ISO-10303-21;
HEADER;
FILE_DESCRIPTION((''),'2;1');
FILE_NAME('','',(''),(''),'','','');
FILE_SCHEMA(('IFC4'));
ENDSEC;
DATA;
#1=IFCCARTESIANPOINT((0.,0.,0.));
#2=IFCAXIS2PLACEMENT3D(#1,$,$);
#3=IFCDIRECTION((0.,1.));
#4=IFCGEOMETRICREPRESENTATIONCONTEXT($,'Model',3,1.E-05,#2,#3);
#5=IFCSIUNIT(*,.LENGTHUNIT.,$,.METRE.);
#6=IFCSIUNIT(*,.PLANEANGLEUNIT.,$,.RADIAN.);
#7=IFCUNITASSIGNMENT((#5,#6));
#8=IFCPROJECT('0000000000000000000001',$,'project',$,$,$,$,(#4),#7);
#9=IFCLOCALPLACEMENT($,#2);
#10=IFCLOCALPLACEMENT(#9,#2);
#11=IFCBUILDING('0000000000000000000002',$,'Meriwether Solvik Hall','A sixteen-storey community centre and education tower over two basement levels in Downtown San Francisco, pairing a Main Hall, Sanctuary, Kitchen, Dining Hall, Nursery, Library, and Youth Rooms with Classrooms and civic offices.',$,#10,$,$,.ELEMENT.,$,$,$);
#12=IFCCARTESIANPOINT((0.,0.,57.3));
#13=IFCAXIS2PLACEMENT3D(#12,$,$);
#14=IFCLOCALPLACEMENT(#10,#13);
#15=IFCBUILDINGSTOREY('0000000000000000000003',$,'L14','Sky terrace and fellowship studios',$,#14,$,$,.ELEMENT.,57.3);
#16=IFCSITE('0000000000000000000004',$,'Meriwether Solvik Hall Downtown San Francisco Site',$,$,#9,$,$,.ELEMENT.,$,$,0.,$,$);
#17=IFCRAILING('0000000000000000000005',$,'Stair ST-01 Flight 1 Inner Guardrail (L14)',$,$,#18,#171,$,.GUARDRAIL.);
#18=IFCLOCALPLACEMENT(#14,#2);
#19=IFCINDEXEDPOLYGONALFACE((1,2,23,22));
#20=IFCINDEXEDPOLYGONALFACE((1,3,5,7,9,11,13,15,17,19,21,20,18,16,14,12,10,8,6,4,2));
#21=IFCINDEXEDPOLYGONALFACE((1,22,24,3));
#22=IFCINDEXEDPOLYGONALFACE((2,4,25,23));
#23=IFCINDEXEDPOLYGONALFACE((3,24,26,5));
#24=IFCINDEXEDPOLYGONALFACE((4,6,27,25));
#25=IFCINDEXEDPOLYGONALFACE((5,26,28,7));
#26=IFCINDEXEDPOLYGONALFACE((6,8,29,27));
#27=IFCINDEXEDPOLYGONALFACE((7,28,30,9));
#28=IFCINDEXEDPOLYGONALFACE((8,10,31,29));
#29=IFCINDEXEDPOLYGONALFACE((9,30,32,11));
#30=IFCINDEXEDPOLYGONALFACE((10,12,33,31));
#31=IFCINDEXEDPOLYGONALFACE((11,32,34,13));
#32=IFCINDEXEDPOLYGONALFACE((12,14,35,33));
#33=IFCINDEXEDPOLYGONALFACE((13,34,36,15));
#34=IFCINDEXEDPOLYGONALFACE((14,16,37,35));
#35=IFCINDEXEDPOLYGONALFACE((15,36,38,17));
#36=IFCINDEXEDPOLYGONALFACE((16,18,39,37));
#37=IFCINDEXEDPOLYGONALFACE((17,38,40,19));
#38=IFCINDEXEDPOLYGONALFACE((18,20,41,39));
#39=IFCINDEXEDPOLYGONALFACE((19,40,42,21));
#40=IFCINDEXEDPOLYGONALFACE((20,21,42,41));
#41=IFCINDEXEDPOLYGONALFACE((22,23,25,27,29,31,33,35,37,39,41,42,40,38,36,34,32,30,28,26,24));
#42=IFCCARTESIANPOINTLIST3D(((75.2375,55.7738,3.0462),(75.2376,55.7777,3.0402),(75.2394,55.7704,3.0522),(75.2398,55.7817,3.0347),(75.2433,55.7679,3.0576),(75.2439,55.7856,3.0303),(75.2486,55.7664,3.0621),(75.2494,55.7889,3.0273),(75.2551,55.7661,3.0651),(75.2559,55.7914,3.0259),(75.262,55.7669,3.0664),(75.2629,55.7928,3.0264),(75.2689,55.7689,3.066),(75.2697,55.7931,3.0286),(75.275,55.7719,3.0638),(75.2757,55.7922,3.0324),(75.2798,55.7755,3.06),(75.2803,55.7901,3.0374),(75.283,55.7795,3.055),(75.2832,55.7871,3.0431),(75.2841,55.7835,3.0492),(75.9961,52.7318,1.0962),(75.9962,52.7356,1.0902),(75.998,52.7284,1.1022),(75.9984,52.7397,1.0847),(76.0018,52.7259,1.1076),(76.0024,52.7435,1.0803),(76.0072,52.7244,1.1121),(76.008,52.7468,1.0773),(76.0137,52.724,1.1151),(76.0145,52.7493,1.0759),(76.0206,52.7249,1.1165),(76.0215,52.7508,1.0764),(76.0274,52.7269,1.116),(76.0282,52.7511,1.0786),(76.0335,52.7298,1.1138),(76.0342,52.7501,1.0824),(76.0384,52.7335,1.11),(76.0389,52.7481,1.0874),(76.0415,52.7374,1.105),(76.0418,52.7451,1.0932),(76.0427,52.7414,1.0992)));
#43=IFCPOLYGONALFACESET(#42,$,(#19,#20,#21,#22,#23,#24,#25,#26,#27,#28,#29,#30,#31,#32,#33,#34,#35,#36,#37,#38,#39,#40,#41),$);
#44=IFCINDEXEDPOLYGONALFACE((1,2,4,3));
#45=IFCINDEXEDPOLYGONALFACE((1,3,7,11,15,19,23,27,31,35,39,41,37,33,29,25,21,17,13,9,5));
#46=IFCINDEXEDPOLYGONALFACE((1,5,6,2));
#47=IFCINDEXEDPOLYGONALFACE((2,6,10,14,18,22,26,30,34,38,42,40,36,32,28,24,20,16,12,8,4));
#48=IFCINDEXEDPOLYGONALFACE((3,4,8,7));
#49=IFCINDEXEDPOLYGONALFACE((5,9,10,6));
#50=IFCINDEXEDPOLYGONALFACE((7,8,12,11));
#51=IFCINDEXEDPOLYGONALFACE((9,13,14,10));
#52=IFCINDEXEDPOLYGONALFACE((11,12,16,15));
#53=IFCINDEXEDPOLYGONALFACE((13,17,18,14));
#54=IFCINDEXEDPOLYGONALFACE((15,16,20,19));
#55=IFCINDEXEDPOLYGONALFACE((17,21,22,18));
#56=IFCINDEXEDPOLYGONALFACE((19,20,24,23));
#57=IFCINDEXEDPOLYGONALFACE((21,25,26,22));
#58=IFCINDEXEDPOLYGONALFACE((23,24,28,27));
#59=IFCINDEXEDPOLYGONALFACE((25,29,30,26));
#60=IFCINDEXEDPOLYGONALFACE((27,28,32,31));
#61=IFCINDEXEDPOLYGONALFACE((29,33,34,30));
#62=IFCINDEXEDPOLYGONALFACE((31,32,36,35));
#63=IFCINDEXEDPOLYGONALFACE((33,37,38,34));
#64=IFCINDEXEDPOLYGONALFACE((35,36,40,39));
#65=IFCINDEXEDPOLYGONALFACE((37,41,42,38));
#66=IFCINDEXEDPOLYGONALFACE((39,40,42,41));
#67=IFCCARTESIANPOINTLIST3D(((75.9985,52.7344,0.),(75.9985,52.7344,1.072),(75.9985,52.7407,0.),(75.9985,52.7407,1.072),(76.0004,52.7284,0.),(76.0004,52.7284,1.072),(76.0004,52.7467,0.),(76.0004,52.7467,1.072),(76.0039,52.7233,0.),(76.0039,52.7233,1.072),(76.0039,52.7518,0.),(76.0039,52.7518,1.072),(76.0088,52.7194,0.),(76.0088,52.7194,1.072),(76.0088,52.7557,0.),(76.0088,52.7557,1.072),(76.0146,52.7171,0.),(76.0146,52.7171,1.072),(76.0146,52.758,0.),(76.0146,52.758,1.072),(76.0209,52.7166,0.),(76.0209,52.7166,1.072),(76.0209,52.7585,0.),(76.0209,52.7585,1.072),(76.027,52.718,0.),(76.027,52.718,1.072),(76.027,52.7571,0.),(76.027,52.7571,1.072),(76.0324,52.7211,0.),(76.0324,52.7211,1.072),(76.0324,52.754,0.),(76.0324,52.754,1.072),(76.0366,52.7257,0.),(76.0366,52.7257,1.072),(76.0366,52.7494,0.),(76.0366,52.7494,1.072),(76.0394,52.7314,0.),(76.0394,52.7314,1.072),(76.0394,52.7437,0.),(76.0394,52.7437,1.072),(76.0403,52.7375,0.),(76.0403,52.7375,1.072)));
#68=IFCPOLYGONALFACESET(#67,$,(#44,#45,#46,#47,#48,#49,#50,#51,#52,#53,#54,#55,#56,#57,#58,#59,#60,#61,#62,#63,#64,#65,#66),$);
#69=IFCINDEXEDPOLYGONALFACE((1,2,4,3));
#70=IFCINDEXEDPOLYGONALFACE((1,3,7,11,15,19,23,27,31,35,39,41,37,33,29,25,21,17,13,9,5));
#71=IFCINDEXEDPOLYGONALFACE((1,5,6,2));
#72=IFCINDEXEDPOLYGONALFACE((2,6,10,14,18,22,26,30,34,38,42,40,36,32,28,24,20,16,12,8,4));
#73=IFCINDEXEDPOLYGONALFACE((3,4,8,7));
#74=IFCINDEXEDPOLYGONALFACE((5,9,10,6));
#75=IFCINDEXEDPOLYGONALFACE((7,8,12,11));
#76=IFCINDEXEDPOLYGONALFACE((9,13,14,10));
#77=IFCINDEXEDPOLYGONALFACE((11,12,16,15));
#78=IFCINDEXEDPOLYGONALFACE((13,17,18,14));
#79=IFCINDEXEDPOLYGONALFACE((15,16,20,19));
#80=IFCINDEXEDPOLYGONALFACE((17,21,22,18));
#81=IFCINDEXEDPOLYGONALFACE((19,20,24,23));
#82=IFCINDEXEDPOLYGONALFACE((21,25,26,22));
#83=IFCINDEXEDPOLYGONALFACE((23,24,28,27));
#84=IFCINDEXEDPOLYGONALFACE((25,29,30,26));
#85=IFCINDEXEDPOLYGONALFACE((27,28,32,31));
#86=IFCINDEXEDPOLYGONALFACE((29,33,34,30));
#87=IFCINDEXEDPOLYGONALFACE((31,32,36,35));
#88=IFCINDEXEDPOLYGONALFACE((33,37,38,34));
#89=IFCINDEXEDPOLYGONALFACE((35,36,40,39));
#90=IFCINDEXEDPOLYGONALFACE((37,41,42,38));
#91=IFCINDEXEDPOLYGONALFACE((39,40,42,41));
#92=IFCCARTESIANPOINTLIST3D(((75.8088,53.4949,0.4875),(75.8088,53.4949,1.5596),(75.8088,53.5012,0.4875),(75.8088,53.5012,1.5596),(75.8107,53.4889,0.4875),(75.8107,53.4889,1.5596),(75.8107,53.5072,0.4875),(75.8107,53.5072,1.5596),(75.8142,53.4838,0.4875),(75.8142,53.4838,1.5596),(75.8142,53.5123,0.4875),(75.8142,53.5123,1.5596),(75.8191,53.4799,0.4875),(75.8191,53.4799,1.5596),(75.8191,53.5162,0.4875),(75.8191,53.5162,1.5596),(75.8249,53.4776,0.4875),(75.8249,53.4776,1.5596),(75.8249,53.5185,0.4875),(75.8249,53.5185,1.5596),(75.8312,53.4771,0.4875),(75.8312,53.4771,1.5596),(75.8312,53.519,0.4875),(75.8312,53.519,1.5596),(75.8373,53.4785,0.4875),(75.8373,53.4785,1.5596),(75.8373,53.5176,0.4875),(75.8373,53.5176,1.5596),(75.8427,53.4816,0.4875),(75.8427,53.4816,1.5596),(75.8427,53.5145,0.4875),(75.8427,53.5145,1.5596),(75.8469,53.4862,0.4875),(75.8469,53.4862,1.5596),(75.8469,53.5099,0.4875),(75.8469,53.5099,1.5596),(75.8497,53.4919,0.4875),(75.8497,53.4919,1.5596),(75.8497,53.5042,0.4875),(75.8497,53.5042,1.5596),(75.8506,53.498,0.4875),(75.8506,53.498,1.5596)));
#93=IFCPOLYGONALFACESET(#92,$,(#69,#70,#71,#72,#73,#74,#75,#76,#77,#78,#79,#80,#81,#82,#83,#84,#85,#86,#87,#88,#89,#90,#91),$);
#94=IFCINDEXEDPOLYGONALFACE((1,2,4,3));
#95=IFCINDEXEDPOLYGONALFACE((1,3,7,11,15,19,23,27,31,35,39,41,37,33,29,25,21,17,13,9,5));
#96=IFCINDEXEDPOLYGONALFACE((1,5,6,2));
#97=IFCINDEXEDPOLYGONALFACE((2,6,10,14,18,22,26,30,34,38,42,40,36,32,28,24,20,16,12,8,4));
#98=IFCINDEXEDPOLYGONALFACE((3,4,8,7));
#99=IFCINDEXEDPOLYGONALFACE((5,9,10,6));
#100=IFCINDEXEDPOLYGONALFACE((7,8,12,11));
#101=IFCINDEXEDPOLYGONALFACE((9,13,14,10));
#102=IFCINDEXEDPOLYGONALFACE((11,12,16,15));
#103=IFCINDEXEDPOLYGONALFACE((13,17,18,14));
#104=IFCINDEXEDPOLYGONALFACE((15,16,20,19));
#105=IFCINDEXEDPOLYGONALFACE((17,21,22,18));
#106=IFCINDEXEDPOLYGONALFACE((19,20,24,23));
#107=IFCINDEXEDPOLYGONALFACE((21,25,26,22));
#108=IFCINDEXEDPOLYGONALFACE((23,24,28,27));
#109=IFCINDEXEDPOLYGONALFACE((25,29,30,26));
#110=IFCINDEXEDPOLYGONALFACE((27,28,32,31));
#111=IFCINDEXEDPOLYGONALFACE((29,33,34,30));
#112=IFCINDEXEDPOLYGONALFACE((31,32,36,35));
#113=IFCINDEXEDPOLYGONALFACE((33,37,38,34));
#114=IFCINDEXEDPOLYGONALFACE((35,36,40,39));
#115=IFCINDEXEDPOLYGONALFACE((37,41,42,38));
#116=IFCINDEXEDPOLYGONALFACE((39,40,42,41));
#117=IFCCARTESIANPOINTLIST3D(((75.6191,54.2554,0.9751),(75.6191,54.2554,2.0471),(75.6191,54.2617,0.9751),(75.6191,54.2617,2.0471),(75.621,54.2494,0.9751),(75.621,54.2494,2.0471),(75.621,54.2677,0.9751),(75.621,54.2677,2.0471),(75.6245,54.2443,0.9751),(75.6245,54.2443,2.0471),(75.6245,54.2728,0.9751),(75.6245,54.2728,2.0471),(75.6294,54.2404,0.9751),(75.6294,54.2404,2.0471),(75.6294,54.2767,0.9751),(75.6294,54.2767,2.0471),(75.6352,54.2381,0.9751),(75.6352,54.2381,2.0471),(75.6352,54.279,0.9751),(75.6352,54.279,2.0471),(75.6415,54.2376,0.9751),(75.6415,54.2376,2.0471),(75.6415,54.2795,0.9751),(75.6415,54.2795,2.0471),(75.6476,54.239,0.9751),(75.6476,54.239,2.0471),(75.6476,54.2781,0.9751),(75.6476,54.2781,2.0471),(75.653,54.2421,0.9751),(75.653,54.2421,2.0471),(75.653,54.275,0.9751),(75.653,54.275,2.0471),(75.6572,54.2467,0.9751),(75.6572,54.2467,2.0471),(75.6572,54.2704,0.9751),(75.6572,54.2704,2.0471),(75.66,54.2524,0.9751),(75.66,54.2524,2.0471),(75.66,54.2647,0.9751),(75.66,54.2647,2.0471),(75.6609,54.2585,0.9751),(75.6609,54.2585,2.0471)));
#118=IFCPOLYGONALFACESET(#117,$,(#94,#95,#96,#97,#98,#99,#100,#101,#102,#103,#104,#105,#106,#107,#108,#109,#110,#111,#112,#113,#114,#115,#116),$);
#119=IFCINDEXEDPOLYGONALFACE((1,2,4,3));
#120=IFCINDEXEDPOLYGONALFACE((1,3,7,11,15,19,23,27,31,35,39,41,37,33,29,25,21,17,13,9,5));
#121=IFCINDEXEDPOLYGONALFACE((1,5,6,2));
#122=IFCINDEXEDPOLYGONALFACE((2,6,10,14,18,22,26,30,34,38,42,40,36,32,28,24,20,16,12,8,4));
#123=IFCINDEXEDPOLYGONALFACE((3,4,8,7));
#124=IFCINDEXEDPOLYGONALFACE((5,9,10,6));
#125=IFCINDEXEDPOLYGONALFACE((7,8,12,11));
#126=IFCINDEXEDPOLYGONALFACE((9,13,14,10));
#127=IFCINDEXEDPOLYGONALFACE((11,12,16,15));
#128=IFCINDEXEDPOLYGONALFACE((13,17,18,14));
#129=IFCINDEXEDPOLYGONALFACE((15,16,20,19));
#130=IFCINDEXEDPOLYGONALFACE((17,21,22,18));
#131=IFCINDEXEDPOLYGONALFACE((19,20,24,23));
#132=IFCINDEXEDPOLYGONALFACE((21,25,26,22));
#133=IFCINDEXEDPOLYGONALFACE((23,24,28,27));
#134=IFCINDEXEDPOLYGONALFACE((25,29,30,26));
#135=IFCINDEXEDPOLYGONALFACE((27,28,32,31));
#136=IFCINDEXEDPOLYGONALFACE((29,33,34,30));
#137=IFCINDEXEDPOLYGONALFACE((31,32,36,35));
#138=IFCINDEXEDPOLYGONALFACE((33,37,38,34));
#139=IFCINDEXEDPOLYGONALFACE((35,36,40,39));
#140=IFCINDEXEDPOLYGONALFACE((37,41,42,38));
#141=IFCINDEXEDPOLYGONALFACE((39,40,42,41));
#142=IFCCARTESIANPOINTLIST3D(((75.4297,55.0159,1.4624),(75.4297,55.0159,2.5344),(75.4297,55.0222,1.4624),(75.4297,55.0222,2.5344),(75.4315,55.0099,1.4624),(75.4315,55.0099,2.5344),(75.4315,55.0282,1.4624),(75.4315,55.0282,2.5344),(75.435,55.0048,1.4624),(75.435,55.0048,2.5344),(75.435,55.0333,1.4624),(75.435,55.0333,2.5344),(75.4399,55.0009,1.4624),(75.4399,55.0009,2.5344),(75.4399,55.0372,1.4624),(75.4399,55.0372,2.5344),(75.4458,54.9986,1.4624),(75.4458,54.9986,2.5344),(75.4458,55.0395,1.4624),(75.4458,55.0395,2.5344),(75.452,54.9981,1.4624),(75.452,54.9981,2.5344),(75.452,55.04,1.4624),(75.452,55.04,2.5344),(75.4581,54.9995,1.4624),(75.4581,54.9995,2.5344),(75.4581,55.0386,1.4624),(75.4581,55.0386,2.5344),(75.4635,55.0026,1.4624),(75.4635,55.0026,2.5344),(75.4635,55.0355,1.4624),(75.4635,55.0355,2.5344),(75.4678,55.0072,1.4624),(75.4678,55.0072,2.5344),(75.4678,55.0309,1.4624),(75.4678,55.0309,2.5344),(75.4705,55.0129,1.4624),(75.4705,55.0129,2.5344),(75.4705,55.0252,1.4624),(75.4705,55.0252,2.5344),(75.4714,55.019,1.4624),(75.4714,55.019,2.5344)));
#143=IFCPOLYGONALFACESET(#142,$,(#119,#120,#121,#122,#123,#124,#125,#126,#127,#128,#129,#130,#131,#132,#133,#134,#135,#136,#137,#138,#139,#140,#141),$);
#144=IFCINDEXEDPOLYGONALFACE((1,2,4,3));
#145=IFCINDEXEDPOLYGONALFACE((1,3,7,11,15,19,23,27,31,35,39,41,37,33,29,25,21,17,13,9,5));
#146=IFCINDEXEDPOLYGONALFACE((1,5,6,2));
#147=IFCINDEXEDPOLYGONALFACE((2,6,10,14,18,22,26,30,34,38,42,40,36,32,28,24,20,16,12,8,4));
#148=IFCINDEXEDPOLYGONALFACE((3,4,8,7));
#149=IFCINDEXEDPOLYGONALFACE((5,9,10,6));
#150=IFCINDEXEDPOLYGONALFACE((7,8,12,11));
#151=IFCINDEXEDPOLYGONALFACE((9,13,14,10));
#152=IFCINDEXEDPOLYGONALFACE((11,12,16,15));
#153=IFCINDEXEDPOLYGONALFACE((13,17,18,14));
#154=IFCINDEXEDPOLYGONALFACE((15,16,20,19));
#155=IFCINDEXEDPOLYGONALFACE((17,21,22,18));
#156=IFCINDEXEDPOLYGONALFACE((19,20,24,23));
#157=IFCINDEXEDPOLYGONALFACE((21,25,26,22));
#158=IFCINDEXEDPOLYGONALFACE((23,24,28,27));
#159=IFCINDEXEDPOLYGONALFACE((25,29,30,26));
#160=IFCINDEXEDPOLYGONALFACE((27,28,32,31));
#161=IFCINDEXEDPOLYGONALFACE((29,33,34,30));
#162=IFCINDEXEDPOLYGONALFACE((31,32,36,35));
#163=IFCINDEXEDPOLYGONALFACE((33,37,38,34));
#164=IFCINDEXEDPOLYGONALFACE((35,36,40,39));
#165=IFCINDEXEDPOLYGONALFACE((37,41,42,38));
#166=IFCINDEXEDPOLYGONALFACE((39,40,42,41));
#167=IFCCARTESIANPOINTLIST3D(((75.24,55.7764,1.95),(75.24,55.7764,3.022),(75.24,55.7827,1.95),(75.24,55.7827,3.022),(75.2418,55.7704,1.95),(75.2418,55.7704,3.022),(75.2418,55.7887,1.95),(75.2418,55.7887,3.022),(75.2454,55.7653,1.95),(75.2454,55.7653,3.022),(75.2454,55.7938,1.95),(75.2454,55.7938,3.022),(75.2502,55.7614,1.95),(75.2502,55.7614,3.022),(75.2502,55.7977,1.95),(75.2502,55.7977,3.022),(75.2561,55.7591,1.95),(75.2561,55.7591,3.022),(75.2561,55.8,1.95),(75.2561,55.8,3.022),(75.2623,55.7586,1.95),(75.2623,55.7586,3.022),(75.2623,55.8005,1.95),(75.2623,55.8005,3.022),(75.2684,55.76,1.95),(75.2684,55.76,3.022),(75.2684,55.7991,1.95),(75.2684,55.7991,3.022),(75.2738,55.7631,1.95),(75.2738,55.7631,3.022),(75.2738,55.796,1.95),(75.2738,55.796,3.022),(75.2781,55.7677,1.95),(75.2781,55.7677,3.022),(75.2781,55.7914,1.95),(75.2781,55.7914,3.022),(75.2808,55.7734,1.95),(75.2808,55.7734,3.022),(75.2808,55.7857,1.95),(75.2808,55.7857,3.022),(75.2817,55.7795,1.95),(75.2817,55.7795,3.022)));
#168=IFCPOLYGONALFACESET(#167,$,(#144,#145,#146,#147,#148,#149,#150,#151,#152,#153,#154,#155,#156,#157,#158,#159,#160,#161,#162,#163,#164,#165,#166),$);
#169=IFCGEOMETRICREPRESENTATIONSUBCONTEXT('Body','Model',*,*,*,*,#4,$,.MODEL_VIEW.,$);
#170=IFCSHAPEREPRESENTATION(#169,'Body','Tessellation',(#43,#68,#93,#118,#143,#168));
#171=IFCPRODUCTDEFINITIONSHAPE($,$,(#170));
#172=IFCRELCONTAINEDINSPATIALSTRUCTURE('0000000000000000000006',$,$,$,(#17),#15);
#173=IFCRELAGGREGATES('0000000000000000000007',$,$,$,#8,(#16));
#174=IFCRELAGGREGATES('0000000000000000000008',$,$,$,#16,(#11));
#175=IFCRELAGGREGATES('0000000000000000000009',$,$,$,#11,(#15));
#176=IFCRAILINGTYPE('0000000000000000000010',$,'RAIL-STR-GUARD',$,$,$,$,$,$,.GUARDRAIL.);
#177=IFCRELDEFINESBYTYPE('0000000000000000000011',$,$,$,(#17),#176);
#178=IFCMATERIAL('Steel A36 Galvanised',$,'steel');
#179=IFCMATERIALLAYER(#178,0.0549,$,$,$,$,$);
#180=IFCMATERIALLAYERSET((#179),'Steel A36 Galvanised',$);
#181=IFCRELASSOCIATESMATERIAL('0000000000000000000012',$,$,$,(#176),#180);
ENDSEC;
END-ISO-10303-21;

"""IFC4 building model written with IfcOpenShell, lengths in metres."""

from ifc_helpers import new_model, si_unit, direction, frame, origin, origin_2d, place, context, subcontext, project, spatial, circle, extrude, material, layer, layer_set, type_object, element, save


model = new_model("IFC4")

# Units and contexts
model_context = context("Model", 3, precision=1e-05, world=origin(), true_north=direction((0.0, 1.0)))
body_context = subcontext(model_context, "Body", "Model", "MODEL_VIEW")
ifc_project = project(units=[si_unit("LENGTHUNIT", "METRE"), si_unit("PLANEANGLEUNIT", "RADIAN")], contexts=[model_context])

# Site, building, storey
site_placement = place(None, origin())
site = spatial("IfcSite", under=ifc_project, at=site_placement, Name="Meriwether Solvik Hall Downtown San Francisco Site", CompositionType="ELEMENT", RefElevation=0.0)
building_placement = place(site_placement, origin())
building = spatial("IfcBuilding", under=site, at=building_placement, Name="Meriwether Solvik Hall", Description="A sixteen-storey community centre and education tower over two basement levels in Downtown San Francisco, pairing a Main Hall, Sanctuary, Kitchen, Dining Hall, Nursery, Library, and Youth Rooms with Classrooms and civic offices.", CompositionType="ELEMENT")
storey_placement = place(building_placement, frame((0.0, 0.0, 57.3)))
storey = spatial("IfcBuildingStorey", under=building, at=storey_placement, Name="L14", Description="Sky terrace and fellowship studios", CompositionType="ELEMENT", Elevation=57.3)

# Railing
ifc_material_1 = material(Name="Steel A36 Galvanised", Category="steel")
ifc_layer_1 = layer(ifc_material_1, 0.0549)
ifc_layer_set_1 = layer_set([ifc_layer_1], Name="Steel A36 Galvanised")
railing_type_1 = type_object("IfcRailingType", Name="RAIL-STR-GUARD", PredefinedType="GUARDRAIL", material=ifc_layer_set_1)
railing_1_placement = place(storey_placement, frame((76.0193, 52.7375, 0.0)))
element("IfcRailing", 1, at=railing_1_placement, inside=storey, type_object=railing_type_1, Name="Stair ST-01 Flight 1 Inner Guardrail (L14)", PredefinedType="GUARDRAIL", context=body_context, shape_type="SweptSolid", body=[
    extrude(circle(Radius=0.0239, at=origin_2d()), frame((0.0, 0.0, 1.0962), z_axis=(-0.205452, 0.823925, 0.528145), x_axis=(-0.970289, -0.241949, 0.0)), (0.0, 0.0, 1.0), 3.6921),
    extrude(circle(Radius=0.021, at=origin_2d()), origin(), (0.0, 0.0, 1.0), 1.072),
    extrude(circle(Radius=0.021, at=origin_2d()), frame((-0.1897, 0.7605, 0.4875)), (0.0, 0.0, 1.0), 1.072),
    extrude(circle(Radius=0.021, at=origin_2d()), frame((-0.3794, 1.521, 0.9751)), (0.0, 0.0, 1.0), 1.072),
    extrude(circle(Radius=0.021, at=origin_2d()), frame((-0.5688, 2.2815, 1.4624)), (0.0, 0.0, 1.0), 1.072),
    extrude(circle(Radius=0.021, at=origin_2d()), frame((-0.7585, 3.042, 1.95)), (0.0, 0.0, 1.0), 1.072),
])

save(model, "model.ifc")
